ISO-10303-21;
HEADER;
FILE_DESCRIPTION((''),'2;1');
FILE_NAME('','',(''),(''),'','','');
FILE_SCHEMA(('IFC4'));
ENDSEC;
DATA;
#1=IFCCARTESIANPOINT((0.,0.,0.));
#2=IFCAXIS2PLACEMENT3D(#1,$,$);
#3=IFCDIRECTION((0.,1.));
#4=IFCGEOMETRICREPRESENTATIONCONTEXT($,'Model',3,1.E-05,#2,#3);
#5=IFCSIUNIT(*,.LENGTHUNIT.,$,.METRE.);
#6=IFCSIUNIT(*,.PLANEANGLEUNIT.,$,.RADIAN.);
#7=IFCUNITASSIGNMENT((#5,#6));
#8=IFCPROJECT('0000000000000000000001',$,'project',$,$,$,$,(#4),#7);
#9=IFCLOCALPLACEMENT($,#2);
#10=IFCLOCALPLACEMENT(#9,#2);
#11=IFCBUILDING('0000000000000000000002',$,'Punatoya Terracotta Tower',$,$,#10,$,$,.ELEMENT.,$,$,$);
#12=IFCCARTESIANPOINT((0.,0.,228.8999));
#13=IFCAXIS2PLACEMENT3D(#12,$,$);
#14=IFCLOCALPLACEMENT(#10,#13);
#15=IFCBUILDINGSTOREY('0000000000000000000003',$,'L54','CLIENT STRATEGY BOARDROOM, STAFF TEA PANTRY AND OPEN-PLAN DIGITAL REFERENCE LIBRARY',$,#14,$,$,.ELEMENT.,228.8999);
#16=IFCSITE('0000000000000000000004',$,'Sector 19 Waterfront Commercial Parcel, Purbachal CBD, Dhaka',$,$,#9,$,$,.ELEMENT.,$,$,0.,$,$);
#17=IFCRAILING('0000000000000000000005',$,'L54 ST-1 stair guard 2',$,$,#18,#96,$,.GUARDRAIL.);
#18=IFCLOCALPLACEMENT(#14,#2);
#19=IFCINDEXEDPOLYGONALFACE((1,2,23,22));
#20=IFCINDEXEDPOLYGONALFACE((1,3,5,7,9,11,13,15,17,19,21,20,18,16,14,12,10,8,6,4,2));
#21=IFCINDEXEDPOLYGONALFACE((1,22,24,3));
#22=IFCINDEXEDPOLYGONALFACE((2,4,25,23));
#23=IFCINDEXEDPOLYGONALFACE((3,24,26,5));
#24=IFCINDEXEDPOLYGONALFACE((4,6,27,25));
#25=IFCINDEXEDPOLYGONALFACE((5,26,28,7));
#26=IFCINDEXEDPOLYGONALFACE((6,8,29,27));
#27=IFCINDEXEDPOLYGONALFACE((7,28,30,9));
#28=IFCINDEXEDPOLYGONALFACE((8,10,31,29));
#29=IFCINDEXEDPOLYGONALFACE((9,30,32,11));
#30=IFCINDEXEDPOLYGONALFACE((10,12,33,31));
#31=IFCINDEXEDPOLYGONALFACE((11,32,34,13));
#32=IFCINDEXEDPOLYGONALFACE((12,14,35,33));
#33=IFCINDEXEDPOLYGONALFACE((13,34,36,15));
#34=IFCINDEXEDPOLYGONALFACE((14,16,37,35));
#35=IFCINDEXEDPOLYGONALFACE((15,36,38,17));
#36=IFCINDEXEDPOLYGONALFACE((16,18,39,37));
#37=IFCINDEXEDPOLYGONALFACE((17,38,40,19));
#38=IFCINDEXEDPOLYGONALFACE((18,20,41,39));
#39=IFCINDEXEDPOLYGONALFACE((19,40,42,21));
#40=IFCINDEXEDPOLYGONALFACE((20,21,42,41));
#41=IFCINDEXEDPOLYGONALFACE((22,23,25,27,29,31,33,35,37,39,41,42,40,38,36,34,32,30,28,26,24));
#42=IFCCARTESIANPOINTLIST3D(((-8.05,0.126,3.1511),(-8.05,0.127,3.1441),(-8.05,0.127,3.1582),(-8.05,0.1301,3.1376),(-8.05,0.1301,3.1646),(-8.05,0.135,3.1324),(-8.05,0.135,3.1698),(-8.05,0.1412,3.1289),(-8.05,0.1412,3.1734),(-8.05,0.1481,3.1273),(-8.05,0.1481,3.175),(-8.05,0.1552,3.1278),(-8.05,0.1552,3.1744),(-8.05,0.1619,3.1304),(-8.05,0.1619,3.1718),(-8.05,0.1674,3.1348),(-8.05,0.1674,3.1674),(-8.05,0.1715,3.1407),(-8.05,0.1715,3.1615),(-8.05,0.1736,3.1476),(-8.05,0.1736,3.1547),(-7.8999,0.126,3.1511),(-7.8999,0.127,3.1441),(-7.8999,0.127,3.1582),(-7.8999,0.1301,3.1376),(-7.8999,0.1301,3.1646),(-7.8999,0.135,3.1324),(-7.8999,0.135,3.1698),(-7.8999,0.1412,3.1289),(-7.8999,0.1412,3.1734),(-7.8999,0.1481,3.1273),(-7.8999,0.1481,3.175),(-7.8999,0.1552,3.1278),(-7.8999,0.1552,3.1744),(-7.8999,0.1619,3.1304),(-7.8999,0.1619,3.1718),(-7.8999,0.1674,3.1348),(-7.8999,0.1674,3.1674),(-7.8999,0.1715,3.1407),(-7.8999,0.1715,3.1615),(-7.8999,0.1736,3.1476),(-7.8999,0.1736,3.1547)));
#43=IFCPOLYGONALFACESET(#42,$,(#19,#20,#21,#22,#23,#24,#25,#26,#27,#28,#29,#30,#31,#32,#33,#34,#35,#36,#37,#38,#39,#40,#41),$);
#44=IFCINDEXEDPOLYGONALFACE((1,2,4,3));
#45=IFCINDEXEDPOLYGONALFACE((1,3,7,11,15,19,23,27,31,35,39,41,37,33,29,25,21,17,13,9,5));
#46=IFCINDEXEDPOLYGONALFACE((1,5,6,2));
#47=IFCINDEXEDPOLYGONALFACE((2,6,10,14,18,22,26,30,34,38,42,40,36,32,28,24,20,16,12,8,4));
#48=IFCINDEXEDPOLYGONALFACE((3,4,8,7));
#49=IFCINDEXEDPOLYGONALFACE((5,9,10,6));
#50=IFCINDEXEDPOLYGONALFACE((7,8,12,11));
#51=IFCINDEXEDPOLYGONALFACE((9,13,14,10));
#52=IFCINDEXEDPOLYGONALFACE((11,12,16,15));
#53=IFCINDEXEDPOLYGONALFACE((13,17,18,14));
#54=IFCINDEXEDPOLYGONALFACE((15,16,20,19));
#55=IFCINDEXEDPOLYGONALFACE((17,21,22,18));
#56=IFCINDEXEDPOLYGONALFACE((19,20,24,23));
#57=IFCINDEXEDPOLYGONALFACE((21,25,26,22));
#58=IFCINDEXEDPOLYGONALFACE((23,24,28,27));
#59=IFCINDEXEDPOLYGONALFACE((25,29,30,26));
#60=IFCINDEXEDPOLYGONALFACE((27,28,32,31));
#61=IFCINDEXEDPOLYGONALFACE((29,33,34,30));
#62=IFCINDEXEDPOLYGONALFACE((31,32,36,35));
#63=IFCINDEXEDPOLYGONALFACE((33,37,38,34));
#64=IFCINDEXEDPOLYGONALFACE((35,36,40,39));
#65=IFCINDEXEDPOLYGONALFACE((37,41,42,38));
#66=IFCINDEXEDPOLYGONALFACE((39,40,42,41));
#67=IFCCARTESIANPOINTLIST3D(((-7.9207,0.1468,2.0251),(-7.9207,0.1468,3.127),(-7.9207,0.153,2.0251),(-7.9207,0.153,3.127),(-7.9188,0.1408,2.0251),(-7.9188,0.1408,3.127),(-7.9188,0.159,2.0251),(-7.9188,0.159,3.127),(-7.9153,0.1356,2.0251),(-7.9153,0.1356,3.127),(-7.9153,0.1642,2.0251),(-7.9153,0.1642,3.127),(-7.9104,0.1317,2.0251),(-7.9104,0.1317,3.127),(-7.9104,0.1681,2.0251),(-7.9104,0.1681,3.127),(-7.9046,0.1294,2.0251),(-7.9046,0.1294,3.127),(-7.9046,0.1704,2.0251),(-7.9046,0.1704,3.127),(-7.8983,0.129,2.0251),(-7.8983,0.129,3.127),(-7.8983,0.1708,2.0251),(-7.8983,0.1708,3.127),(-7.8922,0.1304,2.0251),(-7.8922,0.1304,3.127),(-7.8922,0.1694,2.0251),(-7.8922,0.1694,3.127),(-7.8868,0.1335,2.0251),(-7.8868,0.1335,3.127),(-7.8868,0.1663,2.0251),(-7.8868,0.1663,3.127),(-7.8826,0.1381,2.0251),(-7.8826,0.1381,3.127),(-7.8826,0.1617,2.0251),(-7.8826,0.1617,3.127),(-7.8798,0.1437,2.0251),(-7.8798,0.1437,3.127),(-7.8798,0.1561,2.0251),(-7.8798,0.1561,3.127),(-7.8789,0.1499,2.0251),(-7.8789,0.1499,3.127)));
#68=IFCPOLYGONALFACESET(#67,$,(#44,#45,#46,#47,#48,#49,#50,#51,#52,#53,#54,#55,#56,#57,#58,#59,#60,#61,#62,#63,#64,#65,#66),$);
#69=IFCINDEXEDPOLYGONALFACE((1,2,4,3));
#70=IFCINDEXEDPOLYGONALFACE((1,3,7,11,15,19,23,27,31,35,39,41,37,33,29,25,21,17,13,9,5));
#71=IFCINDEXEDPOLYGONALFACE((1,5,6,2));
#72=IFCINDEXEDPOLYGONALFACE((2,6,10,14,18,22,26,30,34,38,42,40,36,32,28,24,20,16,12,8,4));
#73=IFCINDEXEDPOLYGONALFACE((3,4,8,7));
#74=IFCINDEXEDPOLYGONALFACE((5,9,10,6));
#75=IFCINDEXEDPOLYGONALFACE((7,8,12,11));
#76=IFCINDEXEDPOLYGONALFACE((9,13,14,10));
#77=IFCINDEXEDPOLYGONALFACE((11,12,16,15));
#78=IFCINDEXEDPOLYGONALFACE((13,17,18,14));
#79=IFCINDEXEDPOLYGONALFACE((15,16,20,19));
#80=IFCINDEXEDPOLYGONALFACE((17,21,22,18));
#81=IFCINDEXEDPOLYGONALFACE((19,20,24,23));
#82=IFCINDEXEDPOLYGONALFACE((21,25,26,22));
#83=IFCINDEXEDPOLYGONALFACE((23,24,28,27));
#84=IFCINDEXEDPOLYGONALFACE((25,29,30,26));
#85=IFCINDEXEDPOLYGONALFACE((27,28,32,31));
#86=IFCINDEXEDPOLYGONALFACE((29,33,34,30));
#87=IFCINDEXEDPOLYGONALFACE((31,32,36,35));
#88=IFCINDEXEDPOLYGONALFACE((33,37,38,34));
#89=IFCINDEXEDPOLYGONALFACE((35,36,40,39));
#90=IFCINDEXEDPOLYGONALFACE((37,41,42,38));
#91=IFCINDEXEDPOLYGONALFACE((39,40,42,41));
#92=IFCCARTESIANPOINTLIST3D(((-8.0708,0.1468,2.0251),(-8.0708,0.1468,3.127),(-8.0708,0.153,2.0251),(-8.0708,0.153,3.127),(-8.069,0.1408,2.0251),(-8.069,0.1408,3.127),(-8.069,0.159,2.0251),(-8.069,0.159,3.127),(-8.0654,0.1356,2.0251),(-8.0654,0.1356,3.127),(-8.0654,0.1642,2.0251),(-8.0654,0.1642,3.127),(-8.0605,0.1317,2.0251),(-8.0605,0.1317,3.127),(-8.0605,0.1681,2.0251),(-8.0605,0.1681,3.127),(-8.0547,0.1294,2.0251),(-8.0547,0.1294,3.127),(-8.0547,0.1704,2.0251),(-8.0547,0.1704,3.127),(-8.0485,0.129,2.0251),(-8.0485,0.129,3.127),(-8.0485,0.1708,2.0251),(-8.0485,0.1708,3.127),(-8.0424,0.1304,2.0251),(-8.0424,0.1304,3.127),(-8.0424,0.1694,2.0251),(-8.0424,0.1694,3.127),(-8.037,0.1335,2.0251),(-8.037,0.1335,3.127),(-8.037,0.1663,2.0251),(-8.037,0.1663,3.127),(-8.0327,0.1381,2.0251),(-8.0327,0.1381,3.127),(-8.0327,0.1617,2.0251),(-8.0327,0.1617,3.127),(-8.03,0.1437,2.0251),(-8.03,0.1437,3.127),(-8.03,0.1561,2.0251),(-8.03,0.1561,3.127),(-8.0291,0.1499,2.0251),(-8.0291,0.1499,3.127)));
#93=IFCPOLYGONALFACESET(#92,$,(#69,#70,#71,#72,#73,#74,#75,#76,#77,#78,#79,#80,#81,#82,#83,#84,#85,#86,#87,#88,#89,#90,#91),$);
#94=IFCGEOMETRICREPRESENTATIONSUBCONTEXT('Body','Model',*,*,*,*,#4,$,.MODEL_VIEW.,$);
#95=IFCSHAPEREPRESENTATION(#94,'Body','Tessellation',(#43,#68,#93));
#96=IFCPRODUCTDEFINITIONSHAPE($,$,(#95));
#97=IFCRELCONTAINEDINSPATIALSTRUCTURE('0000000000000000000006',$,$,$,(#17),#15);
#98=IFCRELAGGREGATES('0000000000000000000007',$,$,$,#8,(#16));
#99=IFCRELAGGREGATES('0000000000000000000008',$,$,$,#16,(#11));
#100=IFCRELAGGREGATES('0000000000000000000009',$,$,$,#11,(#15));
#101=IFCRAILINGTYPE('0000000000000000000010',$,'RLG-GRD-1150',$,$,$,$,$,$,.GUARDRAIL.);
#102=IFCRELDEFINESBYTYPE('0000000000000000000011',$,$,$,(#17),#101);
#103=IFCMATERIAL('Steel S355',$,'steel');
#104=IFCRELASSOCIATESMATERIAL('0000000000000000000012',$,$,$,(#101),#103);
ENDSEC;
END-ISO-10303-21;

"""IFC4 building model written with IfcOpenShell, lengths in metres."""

from ifc_helpers import new_model, si_unit, direction, frame, origin, origin_2d, place, context, subcontext, project, spatial, circle, extrude, material, type_object, element, save


model = new_model("IFC4")

# Units and contexts
model_context = context("Model", 3, precision=1e-05, world=origin(), true_north=direction((0.0, 1.0)))
body_context = subcontext(model_context, "Body", "Model", "MODEL_VIEW")
ifc_project = project(units=[si_unit("LENGTHUNIT", "METRE"), si_unit("PLANEANGLEUNIT", "RADIAN")], contexts=[model_context])

# Site, building, storey
site_placement = place(None, origin())
site = spatial("IfcSite", under=ifc_project, at=site_placement, Name="Sector 19 Waterfront Commercial Parcel, Purbachal CBD, Dhaka", CompositionType="ELEMENT", RefElevation=0.0)
building_placement = place(site_placement, origin())
building = spatial("IfcBuilding", under=site, at=building_placement, Name="Punatoya Terracotta Tower", CompositionType="ELEMENT")
storey_placement = place(building_placement, frame((0.0, 0.0, 228.8999)))
storey = spatial("IfcBuildingStorey", under=building, at=storey_placement, Name="L54", Description="CLIENT STRATEGY BOARDROOM, STAFF TEA PANTRY AND OPEN-PLAN DIGITAL REFERENCE LIBRARY", CompositionType="ELEMENT", Elevation=228.8999)

# Railing
ifc_material_1 = material(Name="Steel S355", Category="steel")
railing_type = type_object("IfcRailingType", Name="RLG-GRD-1150", PredefinedType="GUARDRAIL", material=ifc_material_1)
railing_1_placement = place(storey_placement, frame((-7.8999, 0.1499, 2.0251)))
element("IfcRailing", 1, at=railing_1_placement, inside=storey, type_object=railing_type, Name="L54 ST-1 stair guard 2", PredefinedType="GUARDRAIL", context=body_context, shape_type="SweptSolid", body=[
    extrude(circle(Radius=0.0239, at=origin_2d()), frame((0.0, 0.0, 1.126), z_axis=(-1.0, 0.0, 0.0), x_axis=(0.0, -1.0, 0.0)), (0.0, 0.0, 1.0), 0.1501),
    extrude(circle(Radius=0.021, at=origin_2d()), origin(), (0.0, 0.0, 1.0), 1.1018),
    extrude(circle(Radius=0.021, at=origin_2d()), frame((-0.1501, 0.0, 0.0)), (0.0, 0.0, 1.0), 1.1018),
])

save(model, "model.ifc")
